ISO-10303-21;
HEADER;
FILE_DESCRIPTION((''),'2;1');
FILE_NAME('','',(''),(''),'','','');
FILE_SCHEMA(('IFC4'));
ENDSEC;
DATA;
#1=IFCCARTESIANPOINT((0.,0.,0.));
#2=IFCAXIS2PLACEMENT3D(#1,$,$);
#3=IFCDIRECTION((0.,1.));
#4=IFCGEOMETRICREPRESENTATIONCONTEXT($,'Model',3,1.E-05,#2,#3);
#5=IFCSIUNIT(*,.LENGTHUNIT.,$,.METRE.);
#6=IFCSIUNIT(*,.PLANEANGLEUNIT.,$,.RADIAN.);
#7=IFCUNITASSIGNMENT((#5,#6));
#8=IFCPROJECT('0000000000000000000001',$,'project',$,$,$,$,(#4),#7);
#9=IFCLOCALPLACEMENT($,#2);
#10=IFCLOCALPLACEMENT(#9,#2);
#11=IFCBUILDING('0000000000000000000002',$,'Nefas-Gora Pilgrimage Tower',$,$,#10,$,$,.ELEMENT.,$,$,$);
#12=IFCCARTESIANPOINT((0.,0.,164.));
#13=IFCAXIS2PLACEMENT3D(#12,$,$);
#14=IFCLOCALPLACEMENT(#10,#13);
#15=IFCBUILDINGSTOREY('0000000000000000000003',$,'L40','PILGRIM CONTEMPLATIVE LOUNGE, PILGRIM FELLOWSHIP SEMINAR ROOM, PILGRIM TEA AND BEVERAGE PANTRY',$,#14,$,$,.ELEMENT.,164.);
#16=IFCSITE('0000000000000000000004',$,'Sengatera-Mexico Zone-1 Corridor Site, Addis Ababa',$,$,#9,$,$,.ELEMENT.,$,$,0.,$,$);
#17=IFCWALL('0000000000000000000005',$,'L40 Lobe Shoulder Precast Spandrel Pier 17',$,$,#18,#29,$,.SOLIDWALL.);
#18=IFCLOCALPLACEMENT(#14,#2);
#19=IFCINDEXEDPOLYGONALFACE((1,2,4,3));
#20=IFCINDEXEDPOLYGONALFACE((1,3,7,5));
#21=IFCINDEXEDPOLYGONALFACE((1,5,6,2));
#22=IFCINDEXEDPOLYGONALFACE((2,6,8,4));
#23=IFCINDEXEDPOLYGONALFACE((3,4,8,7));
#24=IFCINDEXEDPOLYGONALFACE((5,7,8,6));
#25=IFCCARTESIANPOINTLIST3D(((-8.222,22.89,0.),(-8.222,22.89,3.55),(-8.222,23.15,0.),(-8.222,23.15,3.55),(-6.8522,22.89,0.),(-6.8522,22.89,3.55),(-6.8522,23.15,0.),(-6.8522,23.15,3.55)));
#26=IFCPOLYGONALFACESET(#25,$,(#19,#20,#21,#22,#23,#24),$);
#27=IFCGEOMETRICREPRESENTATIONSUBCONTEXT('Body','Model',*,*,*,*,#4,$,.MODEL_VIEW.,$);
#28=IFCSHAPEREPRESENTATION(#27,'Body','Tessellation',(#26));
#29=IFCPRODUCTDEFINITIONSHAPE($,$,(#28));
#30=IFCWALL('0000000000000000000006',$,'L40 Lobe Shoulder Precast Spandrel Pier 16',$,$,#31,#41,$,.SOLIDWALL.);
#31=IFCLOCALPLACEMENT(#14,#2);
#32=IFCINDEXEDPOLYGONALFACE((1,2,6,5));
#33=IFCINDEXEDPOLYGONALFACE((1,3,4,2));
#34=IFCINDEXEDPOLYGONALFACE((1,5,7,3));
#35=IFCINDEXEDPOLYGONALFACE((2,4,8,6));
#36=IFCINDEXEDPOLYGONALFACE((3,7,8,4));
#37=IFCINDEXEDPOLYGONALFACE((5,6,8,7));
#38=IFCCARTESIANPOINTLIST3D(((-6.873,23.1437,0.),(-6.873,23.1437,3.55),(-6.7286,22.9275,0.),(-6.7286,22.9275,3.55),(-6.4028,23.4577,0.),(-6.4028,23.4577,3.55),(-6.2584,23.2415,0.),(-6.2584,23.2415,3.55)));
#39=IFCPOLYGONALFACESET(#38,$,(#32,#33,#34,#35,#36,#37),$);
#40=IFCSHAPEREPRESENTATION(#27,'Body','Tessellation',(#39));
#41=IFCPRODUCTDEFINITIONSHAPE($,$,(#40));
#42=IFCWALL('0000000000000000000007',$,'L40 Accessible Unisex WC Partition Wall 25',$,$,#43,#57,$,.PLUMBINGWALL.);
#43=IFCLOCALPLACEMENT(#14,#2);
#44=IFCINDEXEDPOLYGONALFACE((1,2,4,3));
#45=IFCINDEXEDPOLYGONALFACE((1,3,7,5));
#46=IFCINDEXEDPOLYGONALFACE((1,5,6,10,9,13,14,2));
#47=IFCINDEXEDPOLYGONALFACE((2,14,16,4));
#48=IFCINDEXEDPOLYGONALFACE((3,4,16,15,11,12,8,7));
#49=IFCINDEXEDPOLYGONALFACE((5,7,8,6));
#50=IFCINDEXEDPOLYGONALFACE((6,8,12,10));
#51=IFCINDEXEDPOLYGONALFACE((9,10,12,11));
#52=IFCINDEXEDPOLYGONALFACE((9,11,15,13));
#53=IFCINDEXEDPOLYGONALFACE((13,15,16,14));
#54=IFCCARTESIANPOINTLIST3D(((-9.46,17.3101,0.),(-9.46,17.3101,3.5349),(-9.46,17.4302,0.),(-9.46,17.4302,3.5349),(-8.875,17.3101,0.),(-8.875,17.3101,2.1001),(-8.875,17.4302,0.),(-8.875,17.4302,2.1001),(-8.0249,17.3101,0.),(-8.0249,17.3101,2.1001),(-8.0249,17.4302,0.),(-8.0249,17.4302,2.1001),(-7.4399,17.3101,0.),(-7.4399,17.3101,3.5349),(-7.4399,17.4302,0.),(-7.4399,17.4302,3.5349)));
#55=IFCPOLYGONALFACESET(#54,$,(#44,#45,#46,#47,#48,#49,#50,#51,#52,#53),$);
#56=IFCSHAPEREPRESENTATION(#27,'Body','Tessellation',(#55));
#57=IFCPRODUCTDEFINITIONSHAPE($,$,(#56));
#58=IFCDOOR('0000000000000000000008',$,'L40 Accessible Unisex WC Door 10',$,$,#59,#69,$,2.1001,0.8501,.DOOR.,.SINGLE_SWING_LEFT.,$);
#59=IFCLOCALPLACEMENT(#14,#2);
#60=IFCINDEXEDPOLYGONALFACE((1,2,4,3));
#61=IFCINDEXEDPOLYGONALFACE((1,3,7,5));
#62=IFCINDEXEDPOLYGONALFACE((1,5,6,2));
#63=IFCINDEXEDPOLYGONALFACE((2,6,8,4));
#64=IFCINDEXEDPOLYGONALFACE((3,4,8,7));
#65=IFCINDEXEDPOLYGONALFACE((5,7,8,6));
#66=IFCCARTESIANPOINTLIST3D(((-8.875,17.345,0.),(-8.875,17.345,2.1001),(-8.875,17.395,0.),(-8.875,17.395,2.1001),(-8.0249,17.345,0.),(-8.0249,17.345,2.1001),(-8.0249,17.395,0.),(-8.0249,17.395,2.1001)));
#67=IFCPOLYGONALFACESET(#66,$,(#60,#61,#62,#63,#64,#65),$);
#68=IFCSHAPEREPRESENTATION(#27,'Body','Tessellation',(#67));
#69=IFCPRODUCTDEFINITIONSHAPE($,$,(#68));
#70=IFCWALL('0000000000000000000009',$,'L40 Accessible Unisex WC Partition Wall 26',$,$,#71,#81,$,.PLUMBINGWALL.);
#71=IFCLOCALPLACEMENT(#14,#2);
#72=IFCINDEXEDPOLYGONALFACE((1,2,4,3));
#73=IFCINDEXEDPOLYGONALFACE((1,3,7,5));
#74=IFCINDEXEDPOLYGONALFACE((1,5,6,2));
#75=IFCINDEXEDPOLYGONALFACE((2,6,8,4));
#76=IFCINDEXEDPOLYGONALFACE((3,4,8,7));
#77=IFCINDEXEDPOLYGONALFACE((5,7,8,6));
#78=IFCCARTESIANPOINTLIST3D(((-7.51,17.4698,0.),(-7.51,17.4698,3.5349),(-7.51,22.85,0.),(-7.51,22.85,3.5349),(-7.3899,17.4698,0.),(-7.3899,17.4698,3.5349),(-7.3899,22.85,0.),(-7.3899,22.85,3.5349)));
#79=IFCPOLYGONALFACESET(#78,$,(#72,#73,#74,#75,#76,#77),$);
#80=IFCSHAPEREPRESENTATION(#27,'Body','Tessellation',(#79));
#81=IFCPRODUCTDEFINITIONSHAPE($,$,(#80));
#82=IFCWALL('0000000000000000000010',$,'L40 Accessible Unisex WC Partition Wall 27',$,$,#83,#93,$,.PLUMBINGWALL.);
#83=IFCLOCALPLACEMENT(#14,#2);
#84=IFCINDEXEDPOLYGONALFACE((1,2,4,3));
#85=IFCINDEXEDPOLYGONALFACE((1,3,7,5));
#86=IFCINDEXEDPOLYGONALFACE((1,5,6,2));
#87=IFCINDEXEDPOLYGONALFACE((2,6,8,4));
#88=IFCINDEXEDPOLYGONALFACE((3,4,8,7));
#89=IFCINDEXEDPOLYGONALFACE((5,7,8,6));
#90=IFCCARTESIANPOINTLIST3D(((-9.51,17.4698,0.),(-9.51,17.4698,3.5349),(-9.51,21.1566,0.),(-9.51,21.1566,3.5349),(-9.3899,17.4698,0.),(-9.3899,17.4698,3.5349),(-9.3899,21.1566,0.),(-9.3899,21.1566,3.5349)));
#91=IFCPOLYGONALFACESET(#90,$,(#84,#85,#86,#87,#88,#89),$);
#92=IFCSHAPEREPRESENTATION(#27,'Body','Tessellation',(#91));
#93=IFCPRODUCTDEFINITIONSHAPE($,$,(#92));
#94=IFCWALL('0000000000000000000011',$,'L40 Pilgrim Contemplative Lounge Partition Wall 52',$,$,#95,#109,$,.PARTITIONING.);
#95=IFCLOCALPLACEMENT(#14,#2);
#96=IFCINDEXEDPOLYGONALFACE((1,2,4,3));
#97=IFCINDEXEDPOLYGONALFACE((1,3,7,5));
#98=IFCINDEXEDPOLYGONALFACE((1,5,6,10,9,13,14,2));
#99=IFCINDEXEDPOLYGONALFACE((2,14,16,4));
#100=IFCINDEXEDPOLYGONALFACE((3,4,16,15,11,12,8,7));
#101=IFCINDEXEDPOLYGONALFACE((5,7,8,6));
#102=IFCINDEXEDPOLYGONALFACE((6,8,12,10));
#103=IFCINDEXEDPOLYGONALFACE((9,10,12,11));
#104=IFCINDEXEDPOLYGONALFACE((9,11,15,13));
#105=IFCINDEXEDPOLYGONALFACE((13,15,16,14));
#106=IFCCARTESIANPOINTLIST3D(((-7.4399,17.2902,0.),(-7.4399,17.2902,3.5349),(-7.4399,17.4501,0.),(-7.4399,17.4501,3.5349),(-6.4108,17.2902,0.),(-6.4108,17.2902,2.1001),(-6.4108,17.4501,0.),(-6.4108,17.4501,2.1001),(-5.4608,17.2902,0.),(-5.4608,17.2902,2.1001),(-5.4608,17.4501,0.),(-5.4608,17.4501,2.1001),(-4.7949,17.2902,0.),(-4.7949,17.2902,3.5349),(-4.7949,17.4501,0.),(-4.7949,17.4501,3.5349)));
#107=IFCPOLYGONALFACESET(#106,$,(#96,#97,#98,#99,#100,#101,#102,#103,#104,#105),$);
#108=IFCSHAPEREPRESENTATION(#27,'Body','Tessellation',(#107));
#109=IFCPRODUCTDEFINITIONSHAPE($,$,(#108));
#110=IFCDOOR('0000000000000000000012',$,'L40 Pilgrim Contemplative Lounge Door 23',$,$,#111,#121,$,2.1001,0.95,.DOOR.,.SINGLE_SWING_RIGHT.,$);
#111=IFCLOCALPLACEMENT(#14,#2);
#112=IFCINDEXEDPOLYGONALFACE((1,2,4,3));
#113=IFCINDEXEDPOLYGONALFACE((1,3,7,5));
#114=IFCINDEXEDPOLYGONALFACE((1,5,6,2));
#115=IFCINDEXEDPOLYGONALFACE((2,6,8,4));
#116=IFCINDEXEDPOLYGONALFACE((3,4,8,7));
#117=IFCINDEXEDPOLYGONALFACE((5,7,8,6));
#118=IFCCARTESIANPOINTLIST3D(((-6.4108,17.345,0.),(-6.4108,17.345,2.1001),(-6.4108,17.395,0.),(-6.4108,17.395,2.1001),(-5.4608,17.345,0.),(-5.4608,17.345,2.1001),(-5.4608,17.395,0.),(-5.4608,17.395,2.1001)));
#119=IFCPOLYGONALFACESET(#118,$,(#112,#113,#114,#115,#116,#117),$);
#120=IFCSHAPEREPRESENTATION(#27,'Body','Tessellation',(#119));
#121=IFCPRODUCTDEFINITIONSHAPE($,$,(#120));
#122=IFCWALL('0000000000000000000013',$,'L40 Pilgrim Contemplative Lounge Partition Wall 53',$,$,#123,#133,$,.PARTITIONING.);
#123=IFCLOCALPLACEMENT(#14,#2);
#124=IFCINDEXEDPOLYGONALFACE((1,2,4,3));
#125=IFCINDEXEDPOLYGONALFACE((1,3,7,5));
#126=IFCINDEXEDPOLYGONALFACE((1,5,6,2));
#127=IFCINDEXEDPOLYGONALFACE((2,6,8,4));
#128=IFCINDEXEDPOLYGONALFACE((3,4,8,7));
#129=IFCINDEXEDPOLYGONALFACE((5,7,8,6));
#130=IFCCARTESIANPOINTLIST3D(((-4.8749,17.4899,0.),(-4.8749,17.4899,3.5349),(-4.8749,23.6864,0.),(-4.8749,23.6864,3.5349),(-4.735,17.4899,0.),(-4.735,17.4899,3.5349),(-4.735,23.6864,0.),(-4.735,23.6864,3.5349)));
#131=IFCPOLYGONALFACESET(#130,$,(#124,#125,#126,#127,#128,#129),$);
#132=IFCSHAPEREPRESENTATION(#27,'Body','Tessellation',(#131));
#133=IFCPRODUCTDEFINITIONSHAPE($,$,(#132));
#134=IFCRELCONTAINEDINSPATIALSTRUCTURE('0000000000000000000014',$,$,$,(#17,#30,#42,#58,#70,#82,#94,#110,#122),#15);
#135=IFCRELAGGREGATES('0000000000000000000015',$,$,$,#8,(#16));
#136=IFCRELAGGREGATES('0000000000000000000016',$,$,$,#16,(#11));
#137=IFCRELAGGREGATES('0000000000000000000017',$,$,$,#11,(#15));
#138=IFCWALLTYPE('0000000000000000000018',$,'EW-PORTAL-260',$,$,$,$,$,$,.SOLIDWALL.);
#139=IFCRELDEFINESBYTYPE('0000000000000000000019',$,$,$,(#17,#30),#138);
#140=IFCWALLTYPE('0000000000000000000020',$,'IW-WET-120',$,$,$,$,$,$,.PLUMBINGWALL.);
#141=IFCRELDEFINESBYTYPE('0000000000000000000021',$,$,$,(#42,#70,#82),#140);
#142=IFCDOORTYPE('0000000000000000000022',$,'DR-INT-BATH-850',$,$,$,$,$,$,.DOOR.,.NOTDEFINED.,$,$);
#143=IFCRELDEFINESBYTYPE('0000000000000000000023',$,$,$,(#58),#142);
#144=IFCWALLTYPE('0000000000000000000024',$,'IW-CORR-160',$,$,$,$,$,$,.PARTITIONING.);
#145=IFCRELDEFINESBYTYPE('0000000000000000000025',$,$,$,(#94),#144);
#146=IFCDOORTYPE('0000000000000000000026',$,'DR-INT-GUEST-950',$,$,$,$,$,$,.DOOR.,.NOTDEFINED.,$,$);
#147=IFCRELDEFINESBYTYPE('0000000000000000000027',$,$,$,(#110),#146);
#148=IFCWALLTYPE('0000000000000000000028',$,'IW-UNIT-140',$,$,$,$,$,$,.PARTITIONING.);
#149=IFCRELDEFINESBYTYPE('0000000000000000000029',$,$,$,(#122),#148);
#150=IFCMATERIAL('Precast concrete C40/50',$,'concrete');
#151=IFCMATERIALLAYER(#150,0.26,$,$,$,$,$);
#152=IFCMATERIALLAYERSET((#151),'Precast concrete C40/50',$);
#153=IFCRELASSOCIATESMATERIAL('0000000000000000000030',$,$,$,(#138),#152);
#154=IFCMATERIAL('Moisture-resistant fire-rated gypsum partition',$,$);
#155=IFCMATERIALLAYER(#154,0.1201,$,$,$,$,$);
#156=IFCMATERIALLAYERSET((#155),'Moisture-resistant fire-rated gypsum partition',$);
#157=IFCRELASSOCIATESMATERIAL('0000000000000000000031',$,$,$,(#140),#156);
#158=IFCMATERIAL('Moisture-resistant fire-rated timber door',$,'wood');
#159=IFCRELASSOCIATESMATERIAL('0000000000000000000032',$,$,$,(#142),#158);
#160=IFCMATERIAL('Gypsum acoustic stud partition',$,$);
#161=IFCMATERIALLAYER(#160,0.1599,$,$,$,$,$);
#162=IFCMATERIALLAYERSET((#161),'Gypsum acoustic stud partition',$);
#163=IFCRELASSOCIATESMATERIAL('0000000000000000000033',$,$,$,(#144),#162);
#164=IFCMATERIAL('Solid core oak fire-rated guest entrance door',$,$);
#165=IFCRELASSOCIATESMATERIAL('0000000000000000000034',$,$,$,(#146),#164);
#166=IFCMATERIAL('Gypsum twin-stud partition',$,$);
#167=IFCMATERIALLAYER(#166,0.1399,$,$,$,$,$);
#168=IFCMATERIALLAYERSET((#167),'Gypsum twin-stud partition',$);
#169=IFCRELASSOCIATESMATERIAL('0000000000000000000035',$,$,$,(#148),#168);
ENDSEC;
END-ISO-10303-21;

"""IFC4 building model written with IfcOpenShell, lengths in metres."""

from ifc_helpers import new_model, si_unit, direction, frame, frame_2d, origin, place, context, subcontext, project, spatial, rectangle, extrude, source, transform, mapped, material, layer, layer_set, type_object, element, fill, save


model = new_model("IFC4")

# Units and contexts
model_context = context("Model", 3, precision=1e-05, world=origin(), true_north=direction((0.0, 1.0)))
body_context = subcontext(model_context, "Body", "Model", "MODEL_VIEW")
ifc_project = project(units=[si_unit("LENGTHUNIT", "METRE"), si_unit("PLANEANGLEUNIT", "RADIAN")], contexts=[model_context])

# Site, building, storey
site_placement = place(None, origin())
site = spatial("IfcSite", under=ifc_project, at=site_placement, Name="Sengatera-Mexico Zone-1 Corridor Site, Addis Ababa", CompositionType="ELEMENT", RefElevation=0.0)
building_placement = place(site_placement, origin())
building = spatial("IfcBuilding", under=site, at=building_placement, Name="Nefas-Gora Pilgrimage Tower", CompositionType="ELEMENT")
storey_placement = place(building_placement, frame((0.0, 0.0, 164.0)))
storey = spatial("IfcBuildingStorey", under=building, at=storey_placement, Name="L40", Description="PILGRIM CONTEMPLATIVE LOUNGE, PILGRIM FELLOWSHIP SEMINAR ROOM, PILGRIM TEA AND BEVERAGE PANTRY", CompositionType="ELEMENT", Elevation=164.0)

# Walls
ifc_material_1 = material(Name="Precast concrete C40/50", Category="concrete")
ifc_layer_1 = layer(ifc_material_1, 0.26)
ifc_layer_set_1 = layer_set([ifc_layer_1], Name="Precast concrete C40/50")
wall_type_1 = type_object("IfcWallType", Name="EW-PORTAL-260", PredefinedType="SOLIDWALL", material=ifc_layer_set_1)
shared_shape_1 = source(origin(), body_context, "Body", "SweptSolid", [
    extrude(rectangle(XDim=1.3699, YDim=0.26, at=frame_2d((0.6851, 0.0))), origin(), (0.0, 0.0, 1.0), 3.55),
])
wall_1_placement = place(storey_placement, frame((-6.8521, 23.02, 0.0), z_axis=(0.0, 0.0, 1.0), x_axis=(-1.0, 0.0, 0.0)))
element("IfcWall", 1, at=wall_1_placement, inside=storey, type_object=wall_type_1, Name="L40 Lobe Shoulder Precast Spandrel Pier 17", PredefinedType="SOLIDWALL", context=body_context, shape_type="MappedRepresentation", body=[
    mapped(shared_shape_1, transform((0.0, 0.0, 0.0), x_axis=(1.0, 0.0, 0.0), y_axis=(0.0, 1.0, 0.0), z_axis=(0.0, 0.0, 1.0), scale=1.0)),
])
shared_shape_2 = source(origin(), body_context, "Body", "SweptSolid", [
    extrude(rectangle(XDim=0.5654, YDim=0.26, at=frame_2d((0.2827, 0.0))), origin(), (0.0, 0.0, 1.0), 3.55),
])
wall_2_placement = place(storey_placement, frame((-6.3306, 23.3496, 0.0), z_axis=(0.0, 0.0, 1.0), x_axis=(-0.831651, -0.555298, 0.0)))
element("IfcWall", 2, at=wall_2_placement, inside=storey, type_object=wall_type_1, Name="L40 Lobe Shoulder Precast Spandrel Pier 16", PredefinedType="SOLIDWALL", context=body_context, shape_type="MappedRepresentation", body=[
    mapped(shared_shape_2, transform((0.0, 0.0, 0.0), x_axis=(1.0, 0.0, 0.0), y_axis=(0.0, 1.0, 0.0), z_axis=(0.0, 0.0, 1.0), scale=1.0)),
])

# Wall, opening, door
ifc_material_2 = material(Name="Moisture-resistant fire-rated gypsum partition")
ifc_layer_2 = layer(ifc_material_2, 0.1201)
ifc_layer_set_2 = layer_set([ifc_layer_2], Name="Moisture-resistant fire-rated gypsum partition")
wall_type_2 = type_object("IfcWallType", Name="IW-WET-120", PredefinedType="PLUMBINGWALL", material=ifc_layer_set_2)
shared_shape_3 = source(origin(), body_context, "Body", "SweptSolid", [
    extrude(rectangle(XDim=2.02, YDim=0.1201, at=frame_2d((1.01, 0.0))), origin(), (0.0, 0.0, 1.0), 3.5349),
])
wall_3_placement = place(storey_placement, frame((-9.46, 17.3701, 0.0), z_axis=(0.0, 0.0, 1.0), x_axis=(1.0, 0.0, 0.0)))
wall_3 = element("IfcWall", 3, at=wall_3_placement, inside=storey, type_object=wall_type_2, Name="L40 Accessible Unisex WC Partition Wall 25", PredefinedType="PLUMBINGWALL", context=body_context, shape_type="MappedRepresentation", body=[
    mapped(shared_shape_3, transform((0.0, 0.0, 0.0), x_axis=(1.0, 0.0, 0.0), y_axis=(0.0, 1.0, 0.0), z_axis=(0.0, 0.0, 1.0), scale=1.0)),
])
opening_1_placement = place(wall_3_placement, frame((0.585, 0.0, 0.0)))
opening_1 = element("IfcOpeningElement", 4, at=opening_1_placement, cuts=wall_3, PredefinedType="OPENING", context=body_context, shape_type="SweptSolid", body=[
    extrude(rectangle(XDim=0.8501, YDim=2.1001, at=frame_2d((0.425, 1.05))), frame((0.0, 0.0701, 0.0), z_axis=(0.0, -1.0, 0.0), x_axis=(1.0, 0.0, 0.0)), (0.0, 0.0, 1.0), 0.1401),
])
ifc_material_3 = material(Name="Moisture-resistant fire-rated timber door", Category="wood")
door_type_1 = type_object("IfcDoorType", Name="DR-INT-BATH-850", OperationType="NOTDEFINED", PredefinedType="DOOR", material=ifc_material_3)
shared_shape_4 = source(origin(), body_context, "Body", "SweptSolid", [
    extrude(rectangle(XDim=0.8501, YDim=2.1001, at=frame_2d((0.425, 1.05))), frame((0.0, 0.0249, 0.0), z_axis=(0.0, -1.0, 0.0), x_axis=(1.0, 0.0, 0.0)), (0.0, 0.0, 1.0), 0.05),
])
door_1_placement = place(opening_1_placement, origin())
door_1 = element("IfcDoor", 5, at=door_1_placement, inside=storey, type_object=door_type_1, Name="L40 Accessible Unisex WC Door 10", OperationType="SINGLE_SWING_LEFT", OverallHeight=2.1001, OverallWidth=0.8501, PredefinedType="DOOR", context=body_context, shape_type="MappedRepresentation", body=[
    mapped(shared_shape_4, transform((0.0, 0.0, 0.0), x_axis=(1.0, 0.0, 0.0), y_axis=(0.0, 1.0, 0.0), z_axis=(0.0, 0.0, 1.0), scale=1.0)),
])
fill(opening_1, door_1)

# Walls
shared_shape_5 = source(origin(), body_context, "Body", "SweptSolid", [
    extrude(rectangle(XDim=5.3801, YDim=0.1201, at=frame_2d((2.6899, 0.0))), origin(), (0.0, 0.0, 1.0), 3.5349),
])
wall_4_placement = place(storey_placement, frame((-7.45, 17.47, 0.0), z_axis=(0.0, 0.0, 1.0), x_axis=(0.0, 1.0, 0.0)))
element("IfcWall", 6, at=wall_4_placement, inside=storey, type_object=wall_type_2, Name="L40 Accessible Unisex WC Partition Wall 26", PredefinedType="PLUMBINGWALL", context=body_context, shape_type="MappedRepresentation", body=[
    mapped(shared_shape_5, transform((0.0, 0.0, 0.0), x_axis=(1.0, 0.0, 0.0), y_axis=(0.0, 1.0, 0.0), z_axis=(0.0, 0.0, 1.0), scale=1.0)),
])
shared_shape_6 = source(origin(), body_context, "Body", "SweptSolid", [
    extrude(rectangle(XDim=3.6868, YDim=0.1201, at=frame_2d((1.8433, 0.0))), origin(), (0.0, 0.0, 1.0), 3.5349),
])
wall_5_placement = place(storey_placement, frame((-9.45, 17.47, 0.0), z_axis=(0.0, 0.0, 1.0), x_axis=(0.0, 1.0, 0.0)))
element("IfcWall", 7, at=wall_5_placement, inside=storey, type_object=wall_type_2, Name="L40 Accessible Unisex WC Partition Wall 27", PredefinedType="PLUMBINGWALL", context=body_context, shape_type="MappedRepresentation", body=[
    mapped(shared_shape_6, transform((0.0, 0.0, 0.0), x_axis=(1.0, 0.0, 0.0), y_axis=(0.0, 1.0, 0.0), z_axis=(0.0, 0.0, 1.0), scale=1.0)),
])

# Wall, opening, door
ifc_material_4 = material(Name="Gypsum acoustic stud partition")
ifc_layer_3 = layer(ifc_material_4, 0.1599)
ifc_layer_set_3 = layer_set([ifc_layer_3], Name="Gypsum acoustic stud partition")
wall_type_3 = type_object("IfcWallType", Name="IW-CORR-160", PredefinedType="PARTITIONING", material=ifc_layer_set_3)
shared_shape_7 = source(origin(), body_context, "Body", "SweptSolid", [
    extrude(rectangle(XDim=2.645, YDim=0.1599, at=frame_2d((1.3225, 0.0))), origin(), (0.0, 0.0, 1.0), 3.5349),
])
wall_6_placement = place(storey_placement, frame((-7.4399, 17.3701, 0.0), z_axis=(0.0, 0.0, 1.0), x_axis=(1.0, 0.0, 0.0)))
wall_6 = element("IfcWall", 8, at=wall_6_placement, inside=storey, type_object=wall_type_3, Name="L40 Pilgrim Contemplative Lounge Partition Wall 52", PredefinedType="PARTITIONING", context=body_context, shape_type="MappedRepresentation", body=[
    mapped(shared_shape_7, transform((0.0, 0.0, 0.0), x_axis=(1.0, 0.0, 0.0), y_axis=(0.0, 1.0, 0.0), z_axis=(0.0, 0.0, 1.0), scale=1.0)),
])
opening_2_placement = place(wall_6_placement, frame((1.0291, 0.0, 0.0)))
opening_2 = element("IfcOpeningElement", 9, at=opening_2_placement, cuts=wall_6, PredefinedType="OPENING", context=body_context, shape_type="SweptSolid", body=[
    extrude(rectangle(XDim=0.95, YDim=2.1001, at=frame_2d((0.4751, 1.05))), frame((0.0, 0.0898, 0.0), z_axis=(0.0, -1.0, 0.0), x_axis=(1.0, 0.0, 0.0)), (0.0, 0.0, 1.0), 0.1799),
])
ifc_material_5 = material(Name="Solid core oak fire-rated guest entrance door")
door_type_2 = type_object("IfcDoorType", Name="DR-INT-GUEST-950", OperationType="NOTDEFINED", PredefinedType="DOOR", material=ifc_material_5)
shared_shape_8 = source(origin(), body_context, "Body", "SweptSolid", [
    extrude(rectangle(XDim=0.95, YDim=2.1001, at=frame_2d((0.4751, 1.05))), frame((0.0, 0.0249, 0.0), z_axis=(0.0, -1.0, 0.0), x_axis=(1.0, 0.0, 0.0)), (0.0, 0.0, 1.0), 0.05),
])
door_2_placement = place(opening_2_placement, origin())
door_2 = element("IfcDoor", 10, at=door_2_placement, inside=storey, type_object=door_type_2, Name="L40 Pilgrim Contemplative Lounge Door 23", OperationType="SINGLE_SWING_RIGHT", OverallHeight=2.1001, OverallWidth=0.95, PredefinedType="DOOR", context=body_context, shape_type="MappedRepresentation", body=[
    mapped(shared_shape_8, transform((0.0, 0.0, 0.0), x_axis=(1.0, 0.0, 0.0), y_axis=(0.0, 1.0, 0.0), z_axis=(0.0, 0.0, 1.0), scale=1.0)),
])
fill(opening_2, door_2)

# Wall
ifc_material_6 = material(Name="Gypsum twin-stud partition")
ifc_layer_4 = layer(ifc_material_6, 0.1399)
ifc_layer_set_4 = layer_set([ifc_layer_4], Name="Gypsum twin-stud partition")
wall_type_4 = type_object("IfcWallType", Name="IW-UNIT-140", PredefinedType="PARTITIONING", material=ifc_layer_set_4)
shared_shape_9 = source(origin(), body_context, "Body", "SweptSolid", [
    extrude(rectangle(XDim=6.1965, YDim=0.1399, at=frame_2d((3.0981, 0.0))), origin(), (0.0, 0.0, 1.0), 3.5349),
])
wall_7_placement = place(storey_placement, frame((-4.8049, 17.49, 0.0), z_axis=(0.0, 0.0, 1.0), x_axis=(0.0, 1.0, 0.0)))
element("IfcWall", 11, at=wall_7_placement, inside=storey, type_object=wall_type_4, Name="L40 Pilgrim Contemplative Lounge Partition Wall 53", PredefinedType="PARTITIONING", context=body_context, shape_type="MappedRepresentation", body=[
    mapped(shared_shape_9, transform((0.0, 0.0, 0.0), x_axis=(1.0, 0.0, 0.0), y_axis=(0.0, 1.0, 0.0), z_axis=(0.0, 0.0, 1.0), scale=1.0)),
])

save(model, "model.ifc")
